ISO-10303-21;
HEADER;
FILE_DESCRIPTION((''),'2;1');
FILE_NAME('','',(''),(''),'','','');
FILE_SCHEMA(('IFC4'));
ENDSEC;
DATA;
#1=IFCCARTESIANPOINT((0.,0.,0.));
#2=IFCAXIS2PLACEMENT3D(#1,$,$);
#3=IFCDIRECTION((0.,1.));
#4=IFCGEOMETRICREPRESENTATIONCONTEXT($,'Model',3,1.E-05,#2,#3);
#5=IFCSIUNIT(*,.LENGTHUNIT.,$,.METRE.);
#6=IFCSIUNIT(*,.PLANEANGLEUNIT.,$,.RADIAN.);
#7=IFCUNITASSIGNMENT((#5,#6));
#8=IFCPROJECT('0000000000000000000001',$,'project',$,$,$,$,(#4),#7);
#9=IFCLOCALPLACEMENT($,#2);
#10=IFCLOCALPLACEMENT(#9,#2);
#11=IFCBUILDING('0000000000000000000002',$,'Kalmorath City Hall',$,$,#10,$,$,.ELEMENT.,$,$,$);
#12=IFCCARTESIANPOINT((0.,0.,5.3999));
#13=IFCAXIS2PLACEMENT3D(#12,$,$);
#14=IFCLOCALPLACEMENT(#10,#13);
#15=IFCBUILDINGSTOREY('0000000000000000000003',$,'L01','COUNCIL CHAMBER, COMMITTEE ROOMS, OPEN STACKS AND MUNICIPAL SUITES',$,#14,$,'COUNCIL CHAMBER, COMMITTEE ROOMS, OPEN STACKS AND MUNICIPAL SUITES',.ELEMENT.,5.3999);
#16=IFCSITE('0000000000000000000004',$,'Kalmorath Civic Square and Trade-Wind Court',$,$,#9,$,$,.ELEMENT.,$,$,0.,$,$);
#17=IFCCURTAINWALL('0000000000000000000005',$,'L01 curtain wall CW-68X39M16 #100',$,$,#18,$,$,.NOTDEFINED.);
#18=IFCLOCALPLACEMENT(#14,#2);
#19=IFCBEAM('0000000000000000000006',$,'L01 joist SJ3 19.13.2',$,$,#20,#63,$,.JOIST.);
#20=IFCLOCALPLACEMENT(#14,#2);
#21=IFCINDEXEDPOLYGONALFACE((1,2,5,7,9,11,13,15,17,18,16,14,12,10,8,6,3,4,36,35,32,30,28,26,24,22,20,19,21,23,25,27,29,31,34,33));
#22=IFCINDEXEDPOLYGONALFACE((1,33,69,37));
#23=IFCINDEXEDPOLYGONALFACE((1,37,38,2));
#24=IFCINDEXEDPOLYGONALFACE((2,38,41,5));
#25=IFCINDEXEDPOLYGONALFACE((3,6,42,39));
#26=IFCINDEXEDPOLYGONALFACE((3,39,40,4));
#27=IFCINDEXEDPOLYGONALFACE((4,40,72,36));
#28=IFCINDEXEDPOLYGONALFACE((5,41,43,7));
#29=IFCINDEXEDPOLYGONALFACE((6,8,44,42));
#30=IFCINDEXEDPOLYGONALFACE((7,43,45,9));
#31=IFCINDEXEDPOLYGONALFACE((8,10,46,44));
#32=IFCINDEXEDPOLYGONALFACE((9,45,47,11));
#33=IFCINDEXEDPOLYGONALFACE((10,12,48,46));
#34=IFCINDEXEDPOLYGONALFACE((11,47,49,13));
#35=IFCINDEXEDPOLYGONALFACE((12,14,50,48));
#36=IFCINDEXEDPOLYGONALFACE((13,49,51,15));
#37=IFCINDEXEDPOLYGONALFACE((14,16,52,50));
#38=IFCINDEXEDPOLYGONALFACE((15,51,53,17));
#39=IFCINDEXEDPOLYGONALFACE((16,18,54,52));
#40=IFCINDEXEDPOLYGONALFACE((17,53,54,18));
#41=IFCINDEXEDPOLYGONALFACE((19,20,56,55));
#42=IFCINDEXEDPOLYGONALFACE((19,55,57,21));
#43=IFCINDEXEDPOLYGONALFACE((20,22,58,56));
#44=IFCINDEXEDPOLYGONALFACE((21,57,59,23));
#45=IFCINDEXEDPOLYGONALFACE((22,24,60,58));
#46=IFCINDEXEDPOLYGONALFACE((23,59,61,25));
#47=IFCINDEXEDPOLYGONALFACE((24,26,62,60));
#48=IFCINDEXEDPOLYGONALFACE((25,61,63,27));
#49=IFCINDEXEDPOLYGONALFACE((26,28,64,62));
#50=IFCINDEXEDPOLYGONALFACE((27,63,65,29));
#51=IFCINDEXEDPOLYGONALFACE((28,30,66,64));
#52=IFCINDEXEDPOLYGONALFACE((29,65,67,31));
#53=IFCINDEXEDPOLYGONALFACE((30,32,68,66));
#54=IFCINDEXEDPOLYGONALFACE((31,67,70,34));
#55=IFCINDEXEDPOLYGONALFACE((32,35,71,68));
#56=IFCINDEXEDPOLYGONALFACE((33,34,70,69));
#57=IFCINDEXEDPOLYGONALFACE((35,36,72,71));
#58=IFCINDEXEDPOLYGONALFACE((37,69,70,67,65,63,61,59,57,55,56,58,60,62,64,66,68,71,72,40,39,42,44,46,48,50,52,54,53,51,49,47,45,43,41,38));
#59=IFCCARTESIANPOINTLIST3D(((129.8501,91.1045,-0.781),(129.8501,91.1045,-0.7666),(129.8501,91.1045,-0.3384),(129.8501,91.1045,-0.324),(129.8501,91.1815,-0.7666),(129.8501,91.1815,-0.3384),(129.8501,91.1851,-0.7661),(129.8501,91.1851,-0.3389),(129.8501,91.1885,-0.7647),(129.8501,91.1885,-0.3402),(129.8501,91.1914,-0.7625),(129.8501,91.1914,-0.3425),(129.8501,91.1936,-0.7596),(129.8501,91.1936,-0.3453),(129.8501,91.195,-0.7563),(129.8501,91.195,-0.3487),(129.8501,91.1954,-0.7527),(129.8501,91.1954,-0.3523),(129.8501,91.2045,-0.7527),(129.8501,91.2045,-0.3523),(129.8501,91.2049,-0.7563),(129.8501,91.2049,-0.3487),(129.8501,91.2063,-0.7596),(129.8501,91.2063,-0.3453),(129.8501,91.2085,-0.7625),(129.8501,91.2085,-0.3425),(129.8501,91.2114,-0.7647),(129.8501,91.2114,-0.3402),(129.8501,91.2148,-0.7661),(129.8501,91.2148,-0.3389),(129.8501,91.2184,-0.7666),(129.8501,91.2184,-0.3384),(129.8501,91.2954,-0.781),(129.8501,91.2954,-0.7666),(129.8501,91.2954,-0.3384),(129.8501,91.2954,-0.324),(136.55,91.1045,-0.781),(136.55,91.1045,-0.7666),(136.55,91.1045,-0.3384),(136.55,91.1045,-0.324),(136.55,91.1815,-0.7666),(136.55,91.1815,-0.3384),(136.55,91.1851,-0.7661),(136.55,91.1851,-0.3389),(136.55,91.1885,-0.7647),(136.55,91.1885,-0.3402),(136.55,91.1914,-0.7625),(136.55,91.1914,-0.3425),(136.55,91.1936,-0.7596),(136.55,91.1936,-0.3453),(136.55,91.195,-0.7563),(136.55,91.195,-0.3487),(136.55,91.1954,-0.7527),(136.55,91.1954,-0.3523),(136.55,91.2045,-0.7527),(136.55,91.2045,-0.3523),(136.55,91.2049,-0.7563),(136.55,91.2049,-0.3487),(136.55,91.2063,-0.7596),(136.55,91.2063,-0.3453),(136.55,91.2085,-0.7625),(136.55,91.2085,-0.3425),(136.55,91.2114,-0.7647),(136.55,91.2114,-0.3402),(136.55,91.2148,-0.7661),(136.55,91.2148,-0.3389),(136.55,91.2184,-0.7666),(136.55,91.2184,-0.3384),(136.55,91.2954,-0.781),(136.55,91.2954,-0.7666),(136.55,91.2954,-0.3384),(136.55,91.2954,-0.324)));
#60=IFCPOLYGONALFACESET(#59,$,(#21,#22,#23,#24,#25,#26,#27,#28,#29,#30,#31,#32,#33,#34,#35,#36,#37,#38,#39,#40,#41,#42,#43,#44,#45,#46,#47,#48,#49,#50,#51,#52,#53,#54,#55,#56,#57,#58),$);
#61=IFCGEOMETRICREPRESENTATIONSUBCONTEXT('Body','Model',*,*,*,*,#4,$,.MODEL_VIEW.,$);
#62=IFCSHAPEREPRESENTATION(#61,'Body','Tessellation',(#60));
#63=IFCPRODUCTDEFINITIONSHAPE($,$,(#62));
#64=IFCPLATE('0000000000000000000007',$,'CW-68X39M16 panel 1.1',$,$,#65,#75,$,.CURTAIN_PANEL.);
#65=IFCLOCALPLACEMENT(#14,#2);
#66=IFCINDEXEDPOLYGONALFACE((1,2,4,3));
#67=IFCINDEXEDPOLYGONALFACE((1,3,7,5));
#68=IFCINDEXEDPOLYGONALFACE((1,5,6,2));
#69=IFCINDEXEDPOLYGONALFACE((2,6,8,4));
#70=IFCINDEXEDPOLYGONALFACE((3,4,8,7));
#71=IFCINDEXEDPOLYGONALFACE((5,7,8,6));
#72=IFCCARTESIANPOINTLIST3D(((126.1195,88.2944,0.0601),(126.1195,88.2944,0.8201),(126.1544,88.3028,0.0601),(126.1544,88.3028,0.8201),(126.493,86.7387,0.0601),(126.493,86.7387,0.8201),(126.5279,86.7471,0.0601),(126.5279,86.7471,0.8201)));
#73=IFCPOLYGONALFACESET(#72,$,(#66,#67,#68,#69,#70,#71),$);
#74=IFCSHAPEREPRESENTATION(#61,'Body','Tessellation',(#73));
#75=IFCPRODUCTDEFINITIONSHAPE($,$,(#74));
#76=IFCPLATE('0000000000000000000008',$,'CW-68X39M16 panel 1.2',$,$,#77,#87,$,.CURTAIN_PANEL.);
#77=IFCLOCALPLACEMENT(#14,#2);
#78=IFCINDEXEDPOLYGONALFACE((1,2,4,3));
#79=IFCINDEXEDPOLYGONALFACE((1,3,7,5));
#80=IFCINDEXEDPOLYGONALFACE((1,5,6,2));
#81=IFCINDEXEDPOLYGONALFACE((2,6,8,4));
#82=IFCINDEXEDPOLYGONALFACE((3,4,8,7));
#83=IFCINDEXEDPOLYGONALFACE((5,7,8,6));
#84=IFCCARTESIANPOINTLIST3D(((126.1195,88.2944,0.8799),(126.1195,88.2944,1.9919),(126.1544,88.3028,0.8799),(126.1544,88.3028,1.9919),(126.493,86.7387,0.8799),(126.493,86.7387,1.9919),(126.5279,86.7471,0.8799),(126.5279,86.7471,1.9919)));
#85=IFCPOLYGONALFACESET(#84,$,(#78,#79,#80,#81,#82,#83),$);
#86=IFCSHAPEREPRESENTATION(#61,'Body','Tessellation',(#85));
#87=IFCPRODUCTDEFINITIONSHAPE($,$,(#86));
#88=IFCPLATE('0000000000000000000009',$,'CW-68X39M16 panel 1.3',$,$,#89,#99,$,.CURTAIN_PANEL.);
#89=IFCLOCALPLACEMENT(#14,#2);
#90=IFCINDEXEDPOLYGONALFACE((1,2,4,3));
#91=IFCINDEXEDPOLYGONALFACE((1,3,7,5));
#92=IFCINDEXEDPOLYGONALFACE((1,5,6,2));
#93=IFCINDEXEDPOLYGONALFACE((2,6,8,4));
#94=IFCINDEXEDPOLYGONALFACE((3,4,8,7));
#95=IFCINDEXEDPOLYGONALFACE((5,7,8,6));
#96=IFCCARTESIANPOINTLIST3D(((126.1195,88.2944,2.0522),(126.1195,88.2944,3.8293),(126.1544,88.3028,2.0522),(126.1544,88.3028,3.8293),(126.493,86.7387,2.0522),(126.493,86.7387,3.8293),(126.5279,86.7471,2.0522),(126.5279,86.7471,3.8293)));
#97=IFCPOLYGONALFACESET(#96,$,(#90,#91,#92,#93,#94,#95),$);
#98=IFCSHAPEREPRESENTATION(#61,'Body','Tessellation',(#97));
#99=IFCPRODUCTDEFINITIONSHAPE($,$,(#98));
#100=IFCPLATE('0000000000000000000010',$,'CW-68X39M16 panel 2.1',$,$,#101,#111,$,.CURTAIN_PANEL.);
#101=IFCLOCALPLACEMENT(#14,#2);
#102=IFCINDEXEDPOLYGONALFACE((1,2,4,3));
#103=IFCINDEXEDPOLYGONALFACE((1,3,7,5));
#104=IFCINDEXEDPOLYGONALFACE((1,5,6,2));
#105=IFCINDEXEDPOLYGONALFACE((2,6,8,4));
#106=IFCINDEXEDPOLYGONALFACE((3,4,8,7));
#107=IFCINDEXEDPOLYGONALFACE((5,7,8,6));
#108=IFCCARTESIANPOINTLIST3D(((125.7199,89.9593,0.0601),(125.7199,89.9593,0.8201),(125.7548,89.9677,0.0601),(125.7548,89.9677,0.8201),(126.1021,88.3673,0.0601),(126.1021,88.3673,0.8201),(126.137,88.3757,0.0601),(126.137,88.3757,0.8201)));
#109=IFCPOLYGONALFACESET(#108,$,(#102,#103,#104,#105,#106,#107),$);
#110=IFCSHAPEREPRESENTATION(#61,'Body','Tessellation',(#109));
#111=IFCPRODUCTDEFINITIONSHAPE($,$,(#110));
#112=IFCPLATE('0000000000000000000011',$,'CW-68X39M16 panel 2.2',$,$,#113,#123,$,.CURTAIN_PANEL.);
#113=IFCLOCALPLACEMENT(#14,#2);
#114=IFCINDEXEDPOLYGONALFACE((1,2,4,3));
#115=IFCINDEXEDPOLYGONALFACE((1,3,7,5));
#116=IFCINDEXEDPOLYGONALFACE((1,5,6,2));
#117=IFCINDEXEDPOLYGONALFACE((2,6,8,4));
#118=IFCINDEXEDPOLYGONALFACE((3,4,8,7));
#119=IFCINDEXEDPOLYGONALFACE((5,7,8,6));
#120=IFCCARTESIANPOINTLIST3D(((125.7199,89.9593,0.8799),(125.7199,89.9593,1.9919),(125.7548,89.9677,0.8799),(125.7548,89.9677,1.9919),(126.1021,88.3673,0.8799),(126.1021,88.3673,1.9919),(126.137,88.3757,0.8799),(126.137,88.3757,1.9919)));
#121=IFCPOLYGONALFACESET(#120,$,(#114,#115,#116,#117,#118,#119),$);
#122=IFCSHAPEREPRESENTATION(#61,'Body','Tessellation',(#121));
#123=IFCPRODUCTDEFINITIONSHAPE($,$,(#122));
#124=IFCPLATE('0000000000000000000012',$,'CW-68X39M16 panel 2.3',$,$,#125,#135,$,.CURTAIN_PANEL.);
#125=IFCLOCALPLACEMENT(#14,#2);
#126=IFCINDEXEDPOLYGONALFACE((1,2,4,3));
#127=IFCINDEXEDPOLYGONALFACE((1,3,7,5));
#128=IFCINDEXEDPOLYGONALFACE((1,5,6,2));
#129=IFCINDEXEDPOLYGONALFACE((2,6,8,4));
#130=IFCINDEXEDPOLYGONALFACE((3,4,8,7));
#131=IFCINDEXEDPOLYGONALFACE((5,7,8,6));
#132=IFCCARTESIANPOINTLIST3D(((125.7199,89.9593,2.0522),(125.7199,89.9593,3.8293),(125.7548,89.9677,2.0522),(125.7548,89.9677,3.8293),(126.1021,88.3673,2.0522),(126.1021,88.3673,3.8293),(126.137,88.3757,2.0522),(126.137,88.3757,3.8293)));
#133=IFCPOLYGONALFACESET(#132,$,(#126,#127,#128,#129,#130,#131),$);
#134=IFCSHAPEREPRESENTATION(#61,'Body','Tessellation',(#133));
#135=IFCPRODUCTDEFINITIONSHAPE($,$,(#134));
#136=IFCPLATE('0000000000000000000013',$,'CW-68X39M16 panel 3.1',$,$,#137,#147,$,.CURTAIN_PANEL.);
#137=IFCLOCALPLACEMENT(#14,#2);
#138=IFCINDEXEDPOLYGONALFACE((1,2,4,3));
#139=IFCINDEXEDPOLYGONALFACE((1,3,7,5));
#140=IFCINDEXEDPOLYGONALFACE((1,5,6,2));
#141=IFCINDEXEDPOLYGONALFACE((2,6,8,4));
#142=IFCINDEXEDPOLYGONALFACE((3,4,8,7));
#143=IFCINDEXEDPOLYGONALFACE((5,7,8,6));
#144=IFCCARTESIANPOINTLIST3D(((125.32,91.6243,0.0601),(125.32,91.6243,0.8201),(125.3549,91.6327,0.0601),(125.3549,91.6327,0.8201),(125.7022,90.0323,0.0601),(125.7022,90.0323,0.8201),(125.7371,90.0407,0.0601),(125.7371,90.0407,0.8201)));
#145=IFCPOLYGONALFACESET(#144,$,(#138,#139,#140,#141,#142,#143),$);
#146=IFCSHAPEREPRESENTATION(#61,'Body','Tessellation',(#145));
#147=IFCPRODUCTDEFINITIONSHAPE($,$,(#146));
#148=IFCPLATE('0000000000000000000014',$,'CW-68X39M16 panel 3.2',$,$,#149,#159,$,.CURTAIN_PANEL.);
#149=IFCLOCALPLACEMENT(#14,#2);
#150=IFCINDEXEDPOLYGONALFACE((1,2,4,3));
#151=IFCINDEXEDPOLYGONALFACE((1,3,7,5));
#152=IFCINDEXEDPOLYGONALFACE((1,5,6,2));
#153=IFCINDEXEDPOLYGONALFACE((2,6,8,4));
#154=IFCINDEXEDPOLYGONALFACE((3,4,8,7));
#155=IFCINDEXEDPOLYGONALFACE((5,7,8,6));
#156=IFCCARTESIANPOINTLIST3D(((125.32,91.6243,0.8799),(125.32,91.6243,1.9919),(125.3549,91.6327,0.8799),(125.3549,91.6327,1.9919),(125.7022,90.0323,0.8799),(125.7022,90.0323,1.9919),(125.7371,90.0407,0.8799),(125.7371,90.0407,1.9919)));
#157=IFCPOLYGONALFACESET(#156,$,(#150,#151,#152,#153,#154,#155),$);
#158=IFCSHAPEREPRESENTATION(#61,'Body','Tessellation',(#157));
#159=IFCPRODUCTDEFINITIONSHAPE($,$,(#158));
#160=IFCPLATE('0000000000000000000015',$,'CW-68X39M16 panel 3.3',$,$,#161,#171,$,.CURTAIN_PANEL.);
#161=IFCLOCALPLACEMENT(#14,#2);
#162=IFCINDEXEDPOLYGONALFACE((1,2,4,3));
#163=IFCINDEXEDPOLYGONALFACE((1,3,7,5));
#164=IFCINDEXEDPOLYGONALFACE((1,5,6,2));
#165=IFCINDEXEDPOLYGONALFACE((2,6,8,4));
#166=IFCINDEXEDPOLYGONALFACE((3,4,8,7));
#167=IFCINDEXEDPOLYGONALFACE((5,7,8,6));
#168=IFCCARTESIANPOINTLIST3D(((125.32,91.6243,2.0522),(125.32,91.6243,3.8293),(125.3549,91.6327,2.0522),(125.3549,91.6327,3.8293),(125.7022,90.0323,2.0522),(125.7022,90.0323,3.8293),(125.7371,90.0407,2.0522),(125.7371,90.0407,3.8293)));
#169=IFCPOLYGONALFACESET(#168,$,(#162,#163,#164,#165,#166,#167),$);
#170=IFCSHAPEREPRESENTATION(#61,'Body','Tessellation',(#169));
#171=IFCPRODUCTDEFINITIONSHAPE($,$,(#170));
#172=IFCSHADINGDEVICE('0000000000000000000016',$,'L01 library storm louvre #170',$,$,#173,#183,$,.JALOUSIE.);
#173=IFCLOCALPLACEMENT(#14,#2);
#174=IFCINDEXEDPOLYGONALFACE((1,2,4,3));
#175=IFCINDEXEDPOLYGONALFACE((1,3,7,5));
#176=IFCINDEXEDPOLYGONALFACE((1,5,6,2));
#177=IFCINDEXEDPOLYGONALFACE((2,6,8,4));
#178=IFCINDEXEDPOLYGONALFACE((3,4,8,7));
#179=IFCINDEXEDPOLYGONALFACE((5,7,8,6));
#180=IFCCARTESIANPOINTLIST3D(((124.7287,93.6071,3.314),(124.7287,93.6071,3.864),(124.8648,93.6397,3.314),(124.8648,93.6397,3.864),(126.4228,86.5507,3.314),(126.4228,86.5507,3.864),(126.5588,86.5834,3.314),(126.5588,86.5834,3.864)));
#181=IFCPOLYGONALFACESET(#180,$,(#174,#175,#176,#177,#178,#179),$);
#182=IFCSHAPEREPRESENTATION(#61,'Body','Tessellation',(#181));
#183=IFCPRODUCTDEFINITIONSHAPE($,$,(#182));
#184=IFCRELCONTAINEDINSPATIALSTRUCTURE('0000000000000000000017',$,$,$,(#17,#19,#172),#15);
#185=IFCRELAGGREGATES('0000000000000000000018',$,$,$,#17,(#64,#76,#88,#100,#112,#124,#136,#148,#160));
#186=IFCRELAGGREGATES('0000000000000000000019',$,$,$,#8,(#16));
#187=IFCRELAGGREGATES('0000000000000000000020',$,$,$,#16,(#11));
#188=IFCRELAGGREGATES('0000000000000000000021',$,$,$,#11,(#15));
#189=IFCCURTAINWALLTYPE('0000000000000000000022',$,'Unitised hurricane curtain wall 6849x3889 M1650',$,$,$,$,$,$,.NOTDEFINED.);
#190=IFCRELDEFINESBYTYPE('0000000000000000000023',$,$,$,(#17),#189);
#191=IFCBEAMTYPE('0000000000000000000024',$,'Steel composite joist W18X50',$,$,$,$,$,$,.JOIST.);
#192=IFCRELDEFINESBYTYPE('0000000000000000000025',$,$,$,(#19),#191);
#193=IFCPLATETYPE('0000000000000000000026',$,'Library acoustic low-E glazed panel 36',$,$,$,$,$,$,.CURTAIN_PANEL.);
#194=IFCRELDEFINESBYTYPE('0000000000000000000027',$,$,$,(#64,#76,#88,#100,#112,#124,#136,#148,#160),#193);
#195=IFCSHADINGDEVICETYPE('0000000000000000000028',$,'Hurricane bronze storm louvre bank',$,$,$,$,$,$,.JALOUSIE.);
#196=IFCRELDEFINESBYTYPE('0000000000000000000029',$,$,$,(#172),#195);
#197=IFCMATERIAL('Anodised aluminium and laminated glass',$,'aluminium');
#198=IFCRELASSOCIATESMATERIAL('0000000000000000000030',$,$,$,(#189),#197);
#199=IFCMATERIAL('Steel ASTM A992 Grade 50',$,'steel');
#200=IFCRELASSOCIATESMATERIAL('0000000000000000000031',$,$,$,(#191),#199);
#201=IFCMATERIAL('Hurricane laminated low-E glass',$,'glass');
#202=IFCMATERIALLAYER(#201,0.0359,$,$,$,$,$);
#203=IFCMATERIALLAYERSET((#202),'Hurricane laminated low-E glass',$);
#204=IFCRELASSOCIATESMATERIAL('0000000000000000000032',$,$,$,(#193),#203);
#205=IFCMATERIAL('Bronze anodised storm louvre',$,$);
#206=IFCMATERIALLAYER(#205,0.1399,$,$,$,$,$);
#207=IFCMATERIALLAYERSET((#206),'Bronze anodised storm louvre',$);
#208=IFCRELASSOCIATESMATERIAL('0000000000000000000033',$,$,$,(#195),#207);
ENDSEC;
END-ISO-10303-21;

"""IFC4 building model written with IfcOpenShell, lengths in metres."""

from ifc_helpers import new_model, si_unit, direction, frame, origin, origin_2d, place, context, subcontext, project, spatial, rectangle, i_section, extrude, material, layer, layer_set, material_profile, profile_set, type_object, element, aggregate, save


model = new_model("IFC4")

# Units and contexts
model_context = context("Model", 3, precision=1e-05, world=origin(), true_north=direction((0.0, 1.0)))
body_context = subcontext(model_context, "Body", "Model", "MODEL_VIEW")
ifc_project = project(units=[si_unit("LENGTHUNIT", "METRE"), si_unit("PLANEANGLEUNIT", "RADIAN")], contexts=[model_context])

# Site, building, storey
site_placement = place(None, origin())
site = spatial("IfcSite", under=ifc_project, at=site_placement, Name="Kalmorath Civic Square and Trade-Wind Court", CompositionType="ELEMENT", RefElevation=0.0)
building_placement = place(site_placement, origin())
building = spatial("IfcBuilding", under=site, at=building_placement, Name="Kalmorath City Hall", CompositionType="ELEMENT")
storey_placement = place(building_placement, frame((0.0, 0.0, 5.3999)))
storey = spatial("IfcBuildingStorey", under=building, at=storey_placement, Name="L01", Description="COUNCIL CHAMBER, COMMITTEE ROOMS, OPEN STACKS AND MUNICIPAL SUITES", LongName="COUNCIL CHAMBER, COMMITTEE ROOMS, OPEN STACKS AND MUNICIPAL SUITES", CompositionType="ELEMENT", Elevation=5.3999)

# Curtain wall
ifc_material_1 = material(Name="Anodised aluminium and laminated glass", Category="aluminium")
curtain_wall_type = type_object("IfcCurtainWallType", Name="Unitised hurricane curtain wall 6849x3889 M1650", PredefinedType="NOTDEFINED", material=ifc_material_1)
curtain_wall_placement = place(storey_placement, origin())
curtain_wall = element("IfcCurtainWall", 1, at=curtain_wall_placement, inside=storey, type_object=curtain_wall_type, Name="L01 curtain wall CW-68X39M16 #100", PredefinedType="NOTDEFINED")

# Beam
ifc_material_2 = material(Name="Steel ASTM A992 Grade 50", Category="steel")
ifc_material_profile_1 = material_profile(ifc_material_2, i_section(OverallWidth=0.1909, OverallDepth=0.457, WebThickness=0.009, FlangeThickness=0.0144, FilletRadius=0.0139, at=origin_2d()), Name="W18X50")
ifc_profile_set_1 = profile_set([ifc_material_profile_1], Name="Steel ASTM A992 Grade 50")
beam_type = type_object("IfcBeamType", Name="Steel composite joist W18X50", PredefinedType="JOIST", material=ifc_profile_set_1)
for number, where, z_axis, x_axis, name in (
    (2, (129.8501, 91.2, -0.5525), (1.0, 0.0, 0.0), (0.0, 1.0, 0.0), "L01 joist SJ3 19.13.2"),
):
    element("IfcBeam", number, at=place(storey_placement, frame(where, z_axis=z_axis, x_axis=x_axis)), inside=storey, type_object=beam_type, Name=name, PredefinedType="JOIST", context=body_context, shape_type="SweptSolid", body=[
        extrude(i_section(OverallWidth=0.1909, OverallDepth=0.457, WebThickness=0.009, FlangeThickness=0.0144, FilletRadius=0.0139, at=origin_2d()), origin(), (0.0, 0.0, 1.0), 6.7),
    ])

# Plates
ifc_material_3 = material(Name="Hurricane laminated low-E glass", Category="glass")
ifc_layer_1 = layer(ifc_material_3, 0.0359)
ifc_layer_set_1 = layer_set([ifc_layer_1], Name="Hurricane laminated low-E glass")
plate_type = type_object("IfcPlateType", Name="Library acoustic low-E glazed panel 36", PredefinedType="CURTAIN_PANEL", material=ifc_layer_set_1)
plate_1_placement = place(storey_placement, frame((126.3237, 87.5208, 0.0601), z_axis=(0.0, 0.0, 1.0), x_axis=(-0.233456, 0.972367, 0.0)))
plate_1 = element("IfcPlate", 3, at=plate_1_placement, type_object=plate_type, Name="CW-68X39M16 panel 1.1", PredefinedType="CURTAIN_PANEL", context=body_context, shape_type="SweptSolid", body=[
    extrude(rectangle(XDim=1.5999, YDim=0.0359, at=origin_2d()), origin(), (0.0, 0.0, 1.0), 0.76),
])
plate_2_placement = place(storey_placement, frame((126.3237, 87.5208, 0.8799), z_axis=(0.0, 0.0, 1.0), x_axis=(-0.233456, 0.972367, 0.0)))
plate_2 = element("IfcPlate", 4, at=plate_2_placement, type_object=plate_type, Name="CW-68X39M16 panel 1.2", PredefinedType="CURTAIN_PANEL", context=body_context, shape_type="SweptSolid", body=[
    extrude(rectangle(XDim=1.5999, YDim=0.0359, at=origin_2d()), origin(), (0.0, 0.0, 1.0), 1.1121),
])
plate_3_placement = place(storey_placement, frame((126.3237, 87.5208, 2.0522), z_axis=(0.0, 0.0, 1.0), x_axis=(-0.233456, 0.972367, 0.0)))
plate_3 = element("IfcPlate", 5, at=plate_3_placement, type_object=plate_type, Name="CW-68X39M16 panel 1.3", PredefinedType="CURTAIN_PANEL", context=body_context, shape_type="SweptSolid", body=[
    extrude(rectangle(XDim=1.5999, YDim=0.0359, at=origin_2d()), origin(), (0.0, 0.0, 1.0), 1.7771),
])
plate_4_placement = place(storey_placement, frame((125.9285, 89.1675, 0.0601), z_axis=(0.0, 0.0, 1.0), x_axis=(-0.233456, 0.972367, 0.0)))
plate_4 = element("IfcPlate", 6, at=plate_4_placement, type_object=plate_type, Name="CW-68X39M16 panel 2.1", PredefinedType="CURTAIN_PANEL", context=body_context, shape_type="SweptSolid", body=[
    extrude(rectangle(XDim=1.6372, YDim=0.0359, at=origin_2d()), origin(), (0.0, 0.0, 1.0), 0.76),
])
plate_5_placement = place(storey_placement, frame((125.9285, 89.1675, 0.8799), z_axis=(0.0, 0.0, 1.0), x_axis=(-0.233456, 0.972367, 0.0)))
plate_5 = element("IfcPlate", 7, at=plate_5_placement, type_object=plate_type, Name="CW-68X39M16 panel 2.2", PredefinedType="CURTAIN_PANEL", context=body_context, shape_type="SweptSolid", body=[
    extrude(rectangle(XDim=1.6372, YDim=0.0359, at=origin_2d()), origin(), (0.0, 0.0, 1.0), 1.1121),
])
plate_6_placement = place(storey_placement, frame((125.9285, 89.1675, 2.0522), z_axis=(0.0, 0.0, 1.0), x_axis=(-0.233456, 0.972367, 0.0)))
plate_6 = element("IfcPlate", 8, at=plate_6_placement, type_object=plate_type, Name="CW-68X39M16 panel 2.3", PredefinedType="CURTAIN_PANEL", context=body_context, shape_type="SweptSolid", body=[
    extrude(rectangle(XDim=1.6372, YDim=0.0359, at=origin_2d()), origin(), (0.0, 0.0, 1.0), 1.7771),
])
plate_7_placement = place(storey_placement, frame((125.5286, 90.8325, 0.0601), z_axis=(0.0, 0.0, 1.0), x_axis=(-0.233456, 0.972367, 0.0)))
plate_7 = element("IfcPlate", 9, at=plate_7_placement, type_object=plate_type, Name="CW-68X39M16 panel 3.1", PredefinedType="CURTAIN_PANEL", context=body_context, shape_type="SweptSolid", body=[
    extrude(rectangle(XDim=1.6372, YDim=0.0359, at=origin_2d()), origin(), (0.0, 0.0, 1.0), 0.76),
])
plate_8_placement = place(storey_placement, frame((125.5286, 90.8325, 0.8799), z_axis=(0.0, 0.0, 1.0), x_axis=(-0.233456, 0.972367, 0.0)))
plate_8 = element("IfcPlate", 10, at=plate_8_placement, type_object=plate_type, Name="CW-68X39M16 panel 3.2", PredefinedType="CURTAIN_PANEL", context=body_context, shape_type="SweptSolid", body=[
    extrude(rectangle(XDim=1.6372, YDim=0.0359, at=origin_2d()), origin(), (0.0, 0.0, 1.0), 1.1121),
])
plate_9_placement = place(storey_placement, frame((125.5286, 90.8325, 2.0522), z_axis=(0.0, 0.0, 1.0), x_axis=(-0.233456, 0.972367, 0.0)))
plate_9 = element("IfcPlate", 11, at=plate_9_placement, type_object=plate_type, Name="CW-68X39M16 panel 3.3", PredefinedType="CURTAIN_PANEL", context=body_context, shape_type="SweptSolid", body=[
    extrude(rectangle(XDim=1.6372, YDim=0.0359, at=origin_2d()), origin(), (0.0, 0.0, 1.0), 1.7771),
])
aggregate(curtain_wall, [plate_1, plate_2, plate_3, plate_4, plate_5, plate_6, plate_7, plate_8, plate_9])

# Shading device
ifc_material_4 = material(Name="Bronze anodised storm louvre")
ifc_layer_2 = layer(ifc_material_4, 0.1399)
ifc_layer_set_2 = layer_set([ifc_layer_2], Name="Bronze anodised storm louvre")
shading_device_type = type_object("IfcShadingDeviceType", Name="Hurricane bronze storm louvre bank", PredefinedType="JALOUSIE", material=ifc_layer_set_2)
shading_device_placement = place(storey_placement, frame((125.6438, 90.0952, 3.314), z_axis=(0.0, 0.0, 1.0), x_axis=(-0.233445, 0.97237, 0.0)))
element("IfcShadingDevice", 12, at=shading_device_placement, inside=storey, type_object=shading_device_type, Name="L01 library storm louvre #170", PredefinedType="JALOUSIE", context=body_context, shape_type="SweptSolid", body=[
    extrude(rectangle(XDim=7.2568, YDim=0.1399, at=origin_2d()), origin(), (0.0, 0.0, 1.0), 0.55),
])

save(model, "model.ifc")
